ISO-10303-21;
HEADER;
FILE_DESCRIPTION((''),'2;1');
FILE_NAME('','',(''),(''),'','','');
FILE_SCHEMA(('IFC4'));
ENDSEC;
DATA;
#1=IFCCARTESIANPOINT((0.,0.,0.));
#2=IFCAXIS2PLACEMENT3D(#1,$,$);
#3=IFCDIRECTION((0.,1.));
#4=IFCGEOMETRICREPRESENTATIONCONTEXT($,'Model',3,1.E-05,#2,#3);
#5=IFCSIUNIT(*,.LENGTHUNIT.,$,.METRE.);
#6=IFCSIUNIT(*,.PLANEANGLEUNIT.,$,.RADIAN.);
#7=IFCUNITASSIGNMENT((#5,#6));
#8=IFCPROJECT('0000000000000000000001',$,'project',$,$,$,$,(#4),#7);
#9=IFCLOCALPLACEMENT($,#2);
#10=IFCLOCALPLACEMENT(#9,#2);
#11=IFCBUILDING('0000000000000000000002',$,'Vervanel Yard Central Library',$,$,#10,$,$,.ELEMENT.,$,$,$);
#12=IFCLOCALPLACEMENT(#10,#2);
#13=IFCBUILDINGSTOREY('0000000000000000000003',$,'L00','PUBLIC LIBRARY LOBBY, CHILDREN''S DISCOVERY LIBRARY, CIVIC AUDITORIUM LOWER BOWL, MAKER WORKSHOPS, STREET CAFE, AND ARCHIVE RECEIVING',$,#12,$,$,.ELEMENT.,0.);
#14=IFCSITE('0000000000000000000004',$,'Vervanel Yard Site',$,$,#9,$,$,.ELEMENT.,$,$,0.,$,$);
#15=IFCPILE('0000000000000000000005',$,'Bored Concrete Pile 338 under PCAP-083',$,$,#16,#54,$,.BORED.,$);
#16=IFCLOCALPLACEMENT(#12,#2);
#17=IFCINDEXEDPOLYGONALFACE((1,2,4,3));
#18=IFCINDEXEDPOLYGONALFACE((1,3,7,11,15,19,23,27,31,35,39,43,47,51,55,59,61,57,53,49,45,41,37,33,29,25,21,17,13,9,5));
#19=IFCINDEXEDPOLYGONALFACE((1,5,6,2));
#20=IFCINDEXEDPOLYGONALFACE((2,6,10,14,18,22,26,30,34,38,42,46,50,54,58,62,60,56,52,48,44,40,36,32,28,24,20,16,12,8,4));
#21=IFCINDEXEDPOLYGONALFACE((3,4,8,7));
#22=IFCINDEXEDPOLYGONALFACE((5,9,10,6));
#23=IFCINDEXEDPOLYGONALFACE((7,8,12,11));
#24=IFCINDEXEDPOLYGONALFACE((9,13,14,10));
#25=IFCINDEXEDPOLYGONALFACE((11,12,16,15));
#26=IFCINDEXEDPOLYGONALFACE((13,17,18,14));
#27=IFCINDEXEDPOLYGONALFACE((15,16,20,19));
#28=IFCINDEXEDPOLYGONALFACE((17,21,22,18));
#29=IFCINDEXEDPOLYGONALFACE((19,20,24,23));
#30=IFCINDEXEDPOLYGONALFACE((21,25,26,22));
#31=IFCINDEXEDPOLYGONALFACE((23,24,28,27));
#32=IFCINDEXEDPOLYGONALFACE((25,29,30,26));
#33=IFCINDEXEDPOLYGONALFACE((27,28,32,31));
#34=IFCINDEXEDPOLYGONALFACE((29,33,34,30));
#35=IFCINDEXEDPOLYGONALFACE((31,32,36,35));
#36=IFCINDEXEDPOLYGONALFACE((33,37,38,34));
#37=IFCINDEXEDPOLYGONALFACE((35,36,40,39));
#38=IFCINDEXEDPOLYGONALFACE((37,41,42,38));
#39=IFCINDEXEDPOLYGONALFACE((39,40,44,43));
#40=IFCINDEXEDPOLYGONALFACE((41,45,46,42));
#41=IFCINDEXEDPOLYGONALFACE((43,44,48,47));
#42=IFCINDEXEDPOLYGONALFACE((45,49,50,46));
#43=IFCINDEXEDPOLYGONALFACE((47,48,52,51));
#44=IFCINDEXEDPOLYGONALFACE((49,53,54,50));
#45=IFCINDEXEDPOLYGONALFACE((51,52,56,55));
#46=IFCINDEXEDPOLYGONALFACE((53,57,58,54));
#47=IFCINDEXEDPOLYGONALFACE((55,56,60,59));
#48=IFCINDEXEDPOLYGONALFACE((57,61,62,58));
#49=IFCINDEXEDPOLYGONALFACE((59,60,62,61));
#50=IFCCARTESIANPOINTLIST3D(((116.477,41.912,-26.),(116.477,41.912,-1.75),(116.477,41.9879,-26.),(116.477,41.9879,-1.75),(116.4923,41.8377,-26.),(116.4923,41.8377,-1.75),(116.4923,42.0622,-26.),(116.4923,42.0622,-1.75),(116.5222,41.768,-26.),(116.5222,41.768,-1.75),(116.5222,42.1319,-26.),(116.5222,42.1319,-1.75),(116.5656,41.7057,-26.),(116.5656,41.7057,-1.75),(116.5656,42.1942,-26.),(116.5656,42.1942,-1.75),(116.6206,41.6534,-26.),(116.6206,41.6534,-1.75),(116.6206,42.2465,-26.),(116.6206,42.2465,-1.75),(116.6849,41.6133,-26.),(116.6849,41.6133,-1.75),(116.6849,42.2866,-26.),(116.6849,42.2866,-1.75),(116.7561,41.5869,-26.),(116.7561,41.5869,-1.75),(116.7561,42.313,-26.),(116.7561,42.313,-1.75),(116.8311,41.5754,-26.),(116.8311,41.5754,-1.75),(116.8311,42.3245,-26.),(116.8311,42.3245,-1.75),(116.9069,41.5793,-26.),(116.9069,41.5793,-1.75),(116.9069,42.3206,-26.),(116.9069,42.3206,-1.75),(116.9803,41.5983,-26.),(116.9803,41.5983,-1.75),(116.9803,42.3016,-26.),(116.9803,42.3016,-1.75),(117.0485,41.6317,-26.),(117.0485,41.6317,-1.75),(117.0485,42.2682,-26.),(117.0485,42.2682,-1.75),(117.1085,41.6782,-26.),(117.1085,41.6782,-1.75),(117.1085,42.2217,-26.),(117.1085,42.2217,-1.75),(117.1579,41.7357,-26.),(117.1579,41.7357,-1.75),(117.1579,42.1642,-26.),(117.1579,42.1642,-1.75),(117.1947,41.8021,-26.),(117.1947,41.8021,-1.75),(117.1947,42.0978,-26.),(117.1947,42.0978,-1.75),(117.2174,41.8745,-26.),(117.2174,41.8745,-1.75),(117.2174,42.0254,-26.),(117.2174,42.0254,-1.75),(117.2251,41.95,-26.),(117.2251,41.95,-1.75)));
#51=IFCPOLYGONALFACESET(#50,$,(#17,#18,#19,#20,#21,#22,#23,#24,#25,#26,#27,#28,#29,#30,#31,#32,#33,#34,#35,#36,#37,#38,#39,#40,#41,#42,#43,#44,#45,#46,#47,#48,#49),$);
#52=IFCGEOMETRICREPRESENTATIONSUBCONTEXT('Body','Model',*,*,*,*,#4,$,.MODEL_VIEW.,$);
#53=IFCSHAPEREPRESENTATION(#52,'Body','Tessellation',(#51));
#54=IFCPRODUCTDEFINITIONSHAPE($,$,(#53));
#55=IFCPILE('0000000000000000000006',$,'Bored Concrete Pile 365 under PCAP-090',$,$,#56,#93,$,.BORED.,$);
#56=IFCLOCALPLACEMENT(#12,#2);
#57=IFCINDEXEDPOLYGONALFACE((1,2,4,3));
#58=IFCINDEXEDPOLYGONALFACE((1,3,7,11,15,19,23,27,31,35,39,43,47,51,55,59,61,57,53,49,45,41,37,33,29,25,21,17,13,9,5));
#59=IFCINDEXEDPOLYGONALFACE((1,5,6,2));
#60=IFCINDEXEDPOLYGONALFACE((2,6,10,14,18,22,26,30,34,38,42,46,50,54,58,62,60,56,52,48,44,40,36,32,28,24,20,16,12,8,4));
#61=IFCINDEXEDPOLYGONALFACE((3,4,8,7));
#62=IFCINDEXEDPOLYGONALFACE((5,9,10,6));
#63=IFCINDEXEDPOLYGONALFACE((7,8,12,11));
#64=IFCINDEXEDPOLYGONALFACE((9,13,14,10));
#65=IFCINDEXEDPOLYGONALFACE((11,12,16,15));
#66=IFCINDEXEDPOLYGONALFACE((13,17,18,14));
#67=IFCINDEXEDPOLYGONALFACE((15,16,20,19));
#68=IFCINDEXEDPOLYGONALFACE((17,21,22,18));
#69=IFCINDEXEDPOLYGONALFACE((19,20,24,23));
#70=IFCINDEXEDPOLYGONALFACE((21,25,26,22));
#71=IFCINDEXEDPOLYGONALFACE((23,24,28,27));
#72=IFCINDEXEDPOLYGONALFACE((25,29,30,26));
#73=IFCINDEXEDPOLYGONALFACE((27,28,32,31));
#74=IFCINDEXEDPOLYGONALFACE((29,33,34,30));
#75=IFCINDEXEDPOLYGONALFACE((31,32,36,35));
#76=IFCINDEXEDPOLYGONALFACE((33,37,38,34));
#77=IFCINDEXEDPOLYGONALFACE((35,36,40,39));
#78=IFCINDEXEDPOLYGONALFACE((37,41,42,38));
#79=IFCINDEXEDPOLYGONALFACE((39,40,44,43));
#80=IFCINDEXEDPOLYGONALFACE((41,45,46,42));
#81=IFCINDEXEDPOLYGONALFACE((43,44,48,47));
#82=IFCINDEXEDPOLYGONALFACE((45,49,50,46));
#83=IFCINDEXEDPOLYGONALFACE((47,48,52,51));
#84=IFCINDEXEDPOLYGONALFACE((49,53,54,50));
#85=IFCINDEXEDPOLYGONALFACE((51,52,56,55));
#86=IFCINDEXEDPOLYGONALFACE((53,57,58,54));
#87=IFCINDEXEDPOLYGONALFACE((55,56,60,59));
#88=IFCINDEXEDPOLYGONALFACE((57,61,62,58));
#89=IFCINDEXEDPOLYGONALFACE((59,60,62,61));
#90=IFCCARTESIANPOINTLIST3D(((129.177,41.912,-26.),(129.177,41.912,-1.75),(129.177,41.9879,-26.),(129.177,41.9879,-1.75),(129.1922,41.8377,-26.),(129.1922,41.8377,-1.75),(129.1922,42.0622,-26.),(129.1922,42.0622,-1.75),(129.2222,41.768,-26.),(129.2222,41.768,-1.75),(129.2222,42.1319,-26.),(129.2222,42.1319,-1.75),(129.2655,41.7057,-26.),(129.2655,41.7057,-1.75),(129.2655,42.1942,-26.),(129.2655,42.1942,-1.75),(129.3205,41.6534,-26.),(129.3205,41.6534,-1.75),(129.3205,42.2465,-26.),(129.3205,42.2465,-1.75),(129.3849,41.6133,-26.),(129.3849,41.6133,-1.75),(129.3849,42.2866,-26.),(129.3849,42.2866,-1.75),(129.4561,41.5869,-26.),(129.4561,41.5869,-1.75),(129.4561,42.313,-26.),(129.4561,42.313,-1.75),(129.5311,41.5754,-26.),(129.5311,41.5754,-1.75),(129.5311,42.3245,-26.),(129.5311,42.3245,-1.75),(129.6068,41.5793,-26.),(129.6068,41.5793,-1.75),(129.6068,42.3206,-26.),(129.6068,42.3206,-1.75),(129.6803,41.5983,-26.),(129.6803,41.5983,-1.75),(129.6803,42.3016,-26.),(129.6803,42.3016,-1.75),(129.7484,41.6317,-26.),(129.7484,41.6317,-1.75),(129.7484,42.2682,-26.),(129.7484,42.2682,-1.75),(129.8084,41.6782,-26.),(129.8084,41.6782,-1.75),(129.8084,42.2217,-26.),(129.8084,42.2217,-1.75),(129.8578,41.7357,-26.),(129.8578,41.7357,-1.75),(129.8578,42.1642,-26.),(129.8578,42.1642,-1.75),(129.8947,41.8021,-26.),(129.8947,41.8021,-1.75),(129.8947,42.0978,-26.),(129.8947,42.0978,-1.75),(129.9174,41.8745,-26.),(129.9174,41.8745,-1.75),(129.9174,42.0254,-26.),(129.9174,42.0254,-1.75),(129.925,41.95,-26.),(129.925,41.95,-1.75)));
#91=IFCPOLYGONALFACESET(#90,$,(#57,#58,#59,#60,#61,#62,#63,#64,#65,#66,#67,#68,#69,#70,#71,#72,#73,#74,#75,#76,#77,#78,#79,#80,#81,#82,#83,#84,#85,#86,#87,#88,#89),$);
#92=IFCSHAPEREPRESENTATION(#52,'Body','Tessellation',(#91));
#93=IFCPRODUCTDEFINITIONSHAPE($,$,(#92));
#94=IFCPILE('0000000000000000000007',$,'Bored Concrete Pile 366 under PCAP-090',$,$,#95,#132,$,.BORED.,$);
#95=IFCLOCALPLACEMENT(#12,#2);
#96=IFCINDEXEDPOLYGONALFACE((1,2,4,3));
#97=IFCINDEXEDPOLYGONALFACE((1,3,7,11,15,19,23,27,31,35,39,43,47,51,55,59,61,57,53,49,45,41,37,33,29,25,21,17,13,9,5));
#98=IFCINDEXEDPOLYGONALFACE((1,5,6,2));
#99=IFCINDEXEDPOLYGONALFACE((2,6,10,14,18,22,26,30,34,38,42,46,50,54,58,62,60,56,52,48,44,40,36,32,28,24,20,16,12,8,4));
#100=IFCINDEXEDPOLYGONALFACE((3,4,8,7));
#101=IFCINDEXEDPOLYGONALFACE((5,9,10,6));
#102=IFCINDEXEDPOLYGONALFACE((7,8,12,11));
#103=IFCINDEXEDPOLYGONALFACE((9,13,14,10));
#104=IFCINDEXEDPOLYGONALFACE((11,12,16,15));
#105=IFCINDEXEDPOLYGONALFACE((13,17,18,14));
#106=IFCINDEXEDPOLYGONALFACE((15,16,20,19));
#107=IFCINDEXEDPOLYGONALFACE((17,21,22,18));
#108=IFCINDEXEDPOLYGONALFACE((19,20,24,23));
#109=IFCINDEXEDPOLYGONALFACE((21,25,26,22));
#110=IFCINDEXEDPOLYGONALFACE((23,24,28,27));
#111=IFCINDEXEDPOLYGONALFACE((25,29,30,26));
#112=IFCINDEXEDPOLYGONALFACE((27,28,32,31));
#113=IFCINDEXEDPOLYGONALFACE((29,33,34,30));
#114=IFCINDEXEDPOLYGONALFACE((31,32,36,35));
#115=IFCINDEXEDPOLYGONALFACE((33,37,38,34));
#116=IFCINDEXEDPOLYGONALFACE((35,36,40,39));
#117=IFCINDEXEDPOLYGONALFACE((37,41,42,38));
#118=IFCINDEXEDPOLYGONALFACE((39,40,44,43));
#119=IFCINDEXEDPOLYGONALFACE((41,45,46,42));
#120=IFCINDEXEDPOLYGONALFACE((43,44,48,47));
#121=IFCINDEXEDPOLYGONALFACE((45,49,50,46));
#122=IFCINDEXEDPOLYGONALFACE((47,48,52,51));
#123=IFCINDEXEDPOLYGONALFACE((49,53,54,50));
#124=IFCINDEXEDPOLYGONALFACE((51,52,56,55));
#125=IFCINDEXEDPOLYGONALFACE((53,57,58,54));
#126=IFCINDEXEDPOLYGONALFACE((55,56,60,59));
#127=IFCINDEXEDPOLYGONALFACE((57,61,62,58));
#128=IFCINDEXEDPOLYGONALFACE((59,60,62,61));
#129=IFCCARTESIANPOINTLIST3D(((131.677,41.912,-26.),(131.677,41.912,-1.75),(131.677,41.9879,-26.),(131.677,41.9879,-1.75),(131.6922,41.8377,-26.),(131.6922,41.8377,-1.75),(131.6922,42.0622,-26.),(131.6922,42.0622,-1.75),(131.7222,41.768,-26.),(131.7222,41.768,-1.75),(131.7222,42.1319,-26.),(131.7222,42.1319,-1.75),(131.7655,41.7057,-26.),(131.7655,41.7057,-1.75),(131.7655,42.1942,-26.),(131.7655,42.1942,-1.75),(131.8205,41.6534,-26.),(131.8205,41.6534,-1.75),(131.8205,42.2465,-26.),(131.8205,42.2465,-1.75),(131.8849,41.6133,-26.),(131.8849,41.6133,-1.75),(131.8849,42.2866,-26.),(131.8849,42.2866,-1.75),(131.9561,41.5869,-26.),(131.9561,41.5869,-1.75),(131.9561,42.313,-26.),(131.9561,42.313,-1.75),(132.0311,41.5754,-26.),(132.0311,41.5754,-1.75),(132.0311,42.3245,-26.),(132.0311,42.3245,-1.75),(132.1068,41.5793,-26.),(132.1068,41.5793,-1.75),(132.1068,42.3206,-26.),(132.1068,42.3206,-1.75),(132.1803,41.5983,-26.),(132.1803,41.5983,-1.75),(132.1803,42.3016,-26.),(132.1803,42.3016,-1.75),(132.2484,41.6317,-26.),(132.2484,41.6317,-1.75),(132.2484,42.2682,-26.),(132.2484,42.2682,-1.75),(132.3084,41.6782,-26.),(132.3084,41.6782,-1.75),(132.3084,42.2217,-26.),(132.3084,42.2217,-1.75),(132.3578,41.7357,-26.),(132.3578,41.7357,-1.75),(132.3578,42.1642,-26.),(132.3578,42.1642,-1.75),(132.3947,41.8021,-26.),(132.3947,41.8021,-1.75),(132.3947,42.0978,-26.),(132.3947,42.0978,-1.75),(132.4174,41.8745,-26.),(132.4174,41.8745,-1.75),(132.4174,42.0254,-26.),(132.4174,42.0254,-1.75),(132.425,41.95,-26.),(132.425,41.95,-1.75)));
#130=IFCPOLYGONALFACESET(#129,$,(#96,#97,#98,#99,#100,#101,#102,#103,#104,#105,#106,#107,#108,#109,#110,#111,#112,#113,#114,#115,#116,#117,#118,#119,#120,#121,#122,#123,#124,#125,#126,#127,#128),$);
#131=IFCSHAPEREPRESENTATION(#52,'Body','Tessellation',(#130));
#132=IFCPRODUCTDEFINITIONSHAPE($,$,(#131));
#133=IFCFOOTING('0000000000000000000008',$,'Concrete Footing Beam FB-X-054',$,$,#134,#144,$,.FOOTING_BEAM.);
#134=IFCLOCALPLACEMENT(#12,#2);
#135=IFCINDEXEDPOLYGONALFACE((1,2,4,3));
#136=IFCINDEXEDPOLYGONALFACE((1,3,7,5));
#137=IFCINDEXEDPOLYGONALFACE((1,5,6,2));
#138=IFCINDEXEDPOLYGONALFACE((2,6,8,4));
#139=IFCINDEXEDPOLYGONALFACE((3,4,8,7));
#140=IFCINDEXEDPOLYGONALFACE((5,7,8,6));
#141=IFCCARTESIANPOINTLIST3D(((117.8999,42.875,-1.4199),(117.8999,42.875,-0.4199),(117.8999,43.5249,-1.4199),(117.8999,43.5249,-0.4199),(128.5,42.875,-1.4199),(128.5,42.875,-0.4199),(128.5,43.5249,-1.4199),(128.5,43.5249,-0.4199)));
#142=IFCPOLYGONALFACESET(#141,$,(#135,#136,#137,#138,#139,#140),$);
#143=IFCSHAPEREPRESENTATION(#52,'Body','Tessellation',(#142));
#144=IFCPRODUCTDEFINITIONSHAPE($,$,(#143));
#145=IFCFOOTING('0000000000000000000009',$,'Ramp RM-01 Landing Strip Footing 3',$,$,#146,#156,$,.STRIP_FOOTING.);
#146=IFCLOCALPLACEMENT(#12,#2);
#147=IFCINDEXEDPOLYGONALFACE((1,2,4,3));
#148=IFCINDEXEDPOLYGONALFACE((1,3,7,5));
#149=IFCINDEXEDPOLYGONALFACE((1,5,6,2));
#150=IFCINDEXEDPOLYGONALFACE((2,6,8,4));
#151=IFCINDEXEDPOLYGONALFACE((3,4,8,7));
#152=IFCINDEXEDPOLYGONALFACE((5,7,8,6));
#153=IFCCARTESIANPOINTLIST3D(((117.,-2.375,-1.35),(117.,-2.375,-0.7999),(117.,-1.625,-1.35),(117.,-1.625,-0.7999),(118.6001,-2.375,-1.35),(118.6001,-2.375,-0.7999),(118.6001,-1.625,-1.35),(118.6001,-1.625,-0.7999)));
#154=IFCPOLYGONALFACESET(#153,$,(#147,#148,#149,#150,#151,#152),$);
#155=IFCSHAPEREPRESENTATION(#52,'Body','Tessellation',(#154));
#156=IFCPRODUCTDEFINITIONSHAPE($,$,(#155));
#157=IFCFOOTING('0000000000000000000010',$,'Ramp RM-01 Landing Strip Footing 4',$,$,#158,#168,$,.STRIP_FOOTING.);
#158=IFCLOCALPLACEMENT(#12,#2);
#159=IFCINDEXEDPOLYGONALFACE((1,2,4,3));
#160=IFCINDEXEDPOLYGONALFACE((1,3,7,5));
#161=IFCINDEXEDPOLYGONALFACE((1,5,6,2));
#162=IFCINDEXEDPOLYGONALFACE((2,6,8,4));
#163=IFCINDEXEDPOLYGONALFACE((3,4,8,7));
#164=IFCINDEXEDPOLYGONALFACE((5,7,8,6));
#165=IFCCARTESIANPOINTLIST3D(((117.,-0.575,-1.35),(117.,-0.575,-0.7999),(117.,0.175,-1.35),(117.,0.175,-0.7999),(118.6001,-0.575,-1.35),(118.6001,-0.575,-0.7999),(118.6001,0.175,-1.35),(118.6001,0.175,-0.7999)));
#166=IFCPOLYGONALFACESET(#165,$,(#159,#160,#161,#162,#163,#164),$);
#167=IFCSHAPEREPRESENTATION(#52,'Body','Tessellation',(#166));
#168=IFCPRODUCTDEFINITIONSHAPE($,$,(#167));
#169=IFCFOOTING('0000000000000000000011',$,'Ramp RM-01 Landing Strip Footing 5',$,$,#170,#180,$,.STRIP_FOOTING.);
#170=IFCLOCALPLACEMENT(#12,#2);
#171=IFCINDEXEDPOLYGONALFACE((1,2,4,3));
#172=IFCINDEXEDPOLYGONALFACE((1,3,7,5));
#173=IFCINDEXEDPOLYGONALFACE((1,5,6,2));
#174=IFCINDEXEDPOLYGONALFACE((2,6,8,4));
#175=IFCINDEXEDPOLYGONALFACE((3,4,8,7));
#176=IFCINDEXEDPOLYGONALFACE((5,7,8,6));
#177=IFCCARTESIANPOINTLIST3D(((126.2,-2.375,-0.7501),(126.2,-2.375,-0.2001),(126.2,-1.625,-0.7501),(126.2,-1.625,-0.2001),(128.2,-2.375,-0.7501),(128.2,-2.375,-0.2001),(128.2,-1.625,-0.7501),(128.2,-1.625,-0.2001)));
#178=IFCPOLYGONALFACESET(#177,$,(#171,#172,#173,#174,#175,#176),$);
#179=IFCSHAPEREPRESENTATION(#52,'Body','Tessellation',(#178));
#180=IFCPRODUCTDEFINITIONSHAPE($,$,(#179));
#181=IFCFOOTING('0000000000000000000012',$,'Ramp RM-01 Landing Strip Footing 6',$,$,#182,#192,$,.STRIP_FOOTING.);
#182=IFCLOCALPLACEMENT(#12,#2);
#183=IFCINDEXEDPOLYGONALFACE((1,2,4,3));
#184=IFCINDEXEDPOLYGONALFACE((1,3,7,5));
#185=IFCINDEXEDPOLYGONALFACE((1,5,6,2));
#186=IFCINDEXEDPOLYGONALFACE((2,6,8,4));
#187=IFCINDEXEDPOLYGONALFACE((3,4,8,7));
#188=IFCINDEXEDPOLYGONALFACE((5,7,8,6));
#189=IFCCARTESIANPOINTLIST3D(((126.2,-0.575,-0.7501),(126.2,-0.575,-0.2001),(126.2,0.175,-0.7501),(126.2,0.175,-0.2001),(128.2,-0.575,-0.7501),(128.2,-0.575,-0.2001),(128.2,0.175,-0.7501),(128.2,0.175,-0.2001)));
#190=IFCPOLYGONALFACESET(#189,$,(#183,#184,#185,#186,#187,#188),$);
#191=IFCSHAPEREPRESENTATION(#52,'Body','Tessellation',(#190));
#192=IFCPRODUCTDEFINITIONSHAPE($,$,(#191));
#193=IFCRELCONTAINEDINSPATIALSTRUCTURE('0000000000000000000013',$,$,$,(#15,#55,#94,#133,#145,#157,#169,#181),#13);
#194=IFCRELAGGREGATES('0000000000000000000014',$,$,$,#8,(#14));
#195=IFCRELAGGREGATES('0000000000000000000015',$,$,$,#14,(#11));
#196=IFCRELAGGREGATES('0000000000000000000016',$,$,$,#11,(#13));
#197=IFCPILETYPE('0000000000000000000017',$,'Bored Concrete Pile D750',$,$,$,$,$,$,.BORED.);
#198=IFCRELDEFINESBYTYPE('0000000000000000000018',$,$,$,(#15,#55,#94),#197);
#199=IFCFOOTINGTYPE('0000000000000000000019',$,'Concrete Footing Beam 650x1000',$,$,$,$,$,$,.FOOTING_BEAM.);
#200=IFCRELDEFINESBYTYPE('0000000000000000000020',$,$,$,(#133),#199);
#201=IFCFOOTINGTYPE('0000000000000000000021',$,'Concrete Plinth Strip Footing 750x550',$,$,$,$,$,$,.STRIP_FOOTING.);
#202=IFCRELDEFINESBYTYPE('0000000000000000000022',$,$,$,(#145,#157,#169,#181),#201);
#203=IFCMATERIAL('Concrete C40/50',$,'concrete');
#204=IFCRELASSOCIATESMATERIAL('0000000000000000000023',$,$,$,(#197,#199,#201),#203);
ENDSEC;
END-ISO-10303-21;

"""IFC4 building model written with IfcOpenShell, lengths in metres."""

from ifc_helpers import new_model, si_unit, direction, frame, origin, origin_2d, place, context, subcontext, project, spatial, rectangle, circle, extrude, material, material_profile, profile_set, type_object, element, save


model = new_model("IFC4")

# Units and contexts
model_context = context("Model", 3, precision=1e-05, world=origin(), true_north=direction((0.0, 1.0)))
body_context = subcontext(model_context, "Body", "Model", "MODEL_VIEW")
ifc_project = project(units=[si_unit("LENGTHUNIT", "METRE"), si_unit("PLANEANGLEUNIT", "RADIAN")], contexts=[model_context])

# Site, building, storey
site_placement = place(None, origin())
site = spatial("IfcSite", under=ifc_project, at=site_placement, Name="Vervanel Yard Site", CompositionType="ELEMENT", RefElevation=0.0)
building_placement = place(site_placement, origin())
building = spatial("IfcBuilding", under=site, at=building_placement, Name="Vervanel Yard Central Library", CompositionType="ELEMENT")
storey_placement = place(building_placement, origin())
storey = spatial("IfcBuildingStorey", under=building, at=storey_placement, Name="L00", Description="PUBLIC LIBRARY LOBBY, CHILDREN'S DISCOVERY LIBRARY, CIVIC AUDITORIUM LOWER BOWL, MAKER WORKSHOPS, STREET CAFE, AND ARCHIVE RECEIVING", CompositionType="ELEMENT", Elevation=0.0)

# Piles
ifc_material_1 = material(Name="Concrete C40/50", Category="concrete")
ifc_material_profile_1 = material_profile(ifc_material_1, circle(Radius=0.375, at=origin_2d()), Name="BP D750", Category="concrete")
ifc_profile_set_1 = profile_set([ifc_material_profile_1], Name="Concrete C40/50")
pile_type = type_object("IfcPileType", Name="Bored Concrete Pile D750", PredefinedType="BORED", material=ifc_profile_set_1)
for number, where, z_axis, x_axis, name in (
    (1, (116.8501, 41.95, -1.75), (0.0, 0.0, -1.0), (1.0, 0.0, 0.0), "Bored Concrete Pile 338 under PCAP-083"),
    (2, (129.55, 41.95, -1.75), (0.0, 0.0, -1.0), (1.0, 0.0, 0.0), "Bored Concrete Pile 365 under PCAP-090"),
    (3, (132.05, 41.95, -1.75), (0.0, 0.0, -1.0), (1.0, 0.0, 0.0), "Bored Concrete Pile 366 under PCAP-090"),
):
    element("IfcPile", number, at=place(storey_placement, frame(where, z_axis=z_axis, x_axis=x_axis)), inside=storey, type_object=pile_type, Name=name, PredefinedType="BORED", context=body_context, shape_type="SweptSolid", body=[
        extrude(circle(Radius=0.375, at=origin_2d()), origin(), (0.0, 0.0, 1.0), 24.25),
    ])

# Footings
ifc_material_profile_2 = material_profile(ifc_material_1, rectangle(XDim=0.6499, YDim=1.0, at=origin_2d()), Name="RC 650x1000", Category="concrete")
ifc_profile_set_2 = profile_set([ifc_material_profile_2], Name="Concrete C40/50")
footing_type_1 = type_object("IfcFootingType", Name="Concrete Footing Beam 650x1000", PredefinedType="FOOTING_BEAM", material=ifc_profile_set_2)
footing_placement = place(storey_placement, frame((117.8999, 43.2, -0.9199), z_axis=(1.0, 0.0, 0.0), x_axis=(0.0, 1.0, 0.0)))
element("IfcFooting", 4, at=footing_placement, inside=storey, type_object=footing_type_1, Name="Concrete Footing Beam FB-X-054", PredefinedType="FOOTING_BEAM", context=body_context, shape_type="SweptSolid", body=[
    extrude(rectangle(XDim=0.6499, YDim=1.0, at=origin_2d()), origin(), (0.0, 0.0, 1.0), 10.6001),
])
ifc_material_profile_3 = material_profile(ifc_material_1, rectangle(XDim=0.75, YDim=0.55, at=origin_2d()), Name="RC 750x550", Category="concrete")
ifc_profile_set_3 = profile_set([ifc_material_profile_3], Name="Concrete C40/50")
footing_type_2 = type_object("IfcFootingType", Name="Concrete Plinth Strip Footing 750x550", PredefinedType="STRIP_FOOTING", material=ifc_profile_set_3)
for number, where, z_axis, x_axis, name in (
    (5, (117.0, -2.0, -1.075), (1.0, 0.0, 0.0), (0.0, 1.0, 0.0), "Ramp RM-01 Landing Strip Footing 3"),
    (6, (117.0, -0.2, -1.075), (1.0, 0.0, 0.0), (0.0, 1.0, 0.0), "Ramp RM-01 Landing Strip Footing 4"),
):
    element("IfcFooting", number, at=place(storey_placement, frame(where, z_axis=z_axis, x_axis=x_axis)), inside=storey, type_object=footing_type_2, Name=name, PredefinedType="STRIP_FOOTING", context=body_context, shape_type="SweptSolid", body=[
        extrude(rectangle(XDim=0.75, YDim=0.55, at=origin_2d()), origin(), (0.0, 0.0, 1.0), 1.6001),
    ])
for number, where, z_axis, x_axis, name in (
    (7, (126.2, -2.0, -0.4751), (1.0, 0.0, 0.0), (0.0, 1.0, 0.0), "Ramp RM-01 Landing Strip Footing 5"),
    (8, (126.2, -0.2, -0.4751), (1.0, 0.0, 0.0), (0.0, 1.0, 0.0), "Ramp RM-01 Landing Strip Footing 6"),
):
    element("IfcFooting", number, at=place(storey_placement, frame(where, z_axis=z_axis, x_axis=x_axis)), inside=storey, type_object=footing_type_2, Name=name, PredefinedType="STRIP_FOOTING", context=body_context, shape_type="SweptSolid", body=[
        extrude(rectangle(XDim=0.75, YDim=0.55, at=origin_2d()), origin(), (0.0, 0.0, 1.0), 2.0),
    ])

save(model, "model.ifc")
